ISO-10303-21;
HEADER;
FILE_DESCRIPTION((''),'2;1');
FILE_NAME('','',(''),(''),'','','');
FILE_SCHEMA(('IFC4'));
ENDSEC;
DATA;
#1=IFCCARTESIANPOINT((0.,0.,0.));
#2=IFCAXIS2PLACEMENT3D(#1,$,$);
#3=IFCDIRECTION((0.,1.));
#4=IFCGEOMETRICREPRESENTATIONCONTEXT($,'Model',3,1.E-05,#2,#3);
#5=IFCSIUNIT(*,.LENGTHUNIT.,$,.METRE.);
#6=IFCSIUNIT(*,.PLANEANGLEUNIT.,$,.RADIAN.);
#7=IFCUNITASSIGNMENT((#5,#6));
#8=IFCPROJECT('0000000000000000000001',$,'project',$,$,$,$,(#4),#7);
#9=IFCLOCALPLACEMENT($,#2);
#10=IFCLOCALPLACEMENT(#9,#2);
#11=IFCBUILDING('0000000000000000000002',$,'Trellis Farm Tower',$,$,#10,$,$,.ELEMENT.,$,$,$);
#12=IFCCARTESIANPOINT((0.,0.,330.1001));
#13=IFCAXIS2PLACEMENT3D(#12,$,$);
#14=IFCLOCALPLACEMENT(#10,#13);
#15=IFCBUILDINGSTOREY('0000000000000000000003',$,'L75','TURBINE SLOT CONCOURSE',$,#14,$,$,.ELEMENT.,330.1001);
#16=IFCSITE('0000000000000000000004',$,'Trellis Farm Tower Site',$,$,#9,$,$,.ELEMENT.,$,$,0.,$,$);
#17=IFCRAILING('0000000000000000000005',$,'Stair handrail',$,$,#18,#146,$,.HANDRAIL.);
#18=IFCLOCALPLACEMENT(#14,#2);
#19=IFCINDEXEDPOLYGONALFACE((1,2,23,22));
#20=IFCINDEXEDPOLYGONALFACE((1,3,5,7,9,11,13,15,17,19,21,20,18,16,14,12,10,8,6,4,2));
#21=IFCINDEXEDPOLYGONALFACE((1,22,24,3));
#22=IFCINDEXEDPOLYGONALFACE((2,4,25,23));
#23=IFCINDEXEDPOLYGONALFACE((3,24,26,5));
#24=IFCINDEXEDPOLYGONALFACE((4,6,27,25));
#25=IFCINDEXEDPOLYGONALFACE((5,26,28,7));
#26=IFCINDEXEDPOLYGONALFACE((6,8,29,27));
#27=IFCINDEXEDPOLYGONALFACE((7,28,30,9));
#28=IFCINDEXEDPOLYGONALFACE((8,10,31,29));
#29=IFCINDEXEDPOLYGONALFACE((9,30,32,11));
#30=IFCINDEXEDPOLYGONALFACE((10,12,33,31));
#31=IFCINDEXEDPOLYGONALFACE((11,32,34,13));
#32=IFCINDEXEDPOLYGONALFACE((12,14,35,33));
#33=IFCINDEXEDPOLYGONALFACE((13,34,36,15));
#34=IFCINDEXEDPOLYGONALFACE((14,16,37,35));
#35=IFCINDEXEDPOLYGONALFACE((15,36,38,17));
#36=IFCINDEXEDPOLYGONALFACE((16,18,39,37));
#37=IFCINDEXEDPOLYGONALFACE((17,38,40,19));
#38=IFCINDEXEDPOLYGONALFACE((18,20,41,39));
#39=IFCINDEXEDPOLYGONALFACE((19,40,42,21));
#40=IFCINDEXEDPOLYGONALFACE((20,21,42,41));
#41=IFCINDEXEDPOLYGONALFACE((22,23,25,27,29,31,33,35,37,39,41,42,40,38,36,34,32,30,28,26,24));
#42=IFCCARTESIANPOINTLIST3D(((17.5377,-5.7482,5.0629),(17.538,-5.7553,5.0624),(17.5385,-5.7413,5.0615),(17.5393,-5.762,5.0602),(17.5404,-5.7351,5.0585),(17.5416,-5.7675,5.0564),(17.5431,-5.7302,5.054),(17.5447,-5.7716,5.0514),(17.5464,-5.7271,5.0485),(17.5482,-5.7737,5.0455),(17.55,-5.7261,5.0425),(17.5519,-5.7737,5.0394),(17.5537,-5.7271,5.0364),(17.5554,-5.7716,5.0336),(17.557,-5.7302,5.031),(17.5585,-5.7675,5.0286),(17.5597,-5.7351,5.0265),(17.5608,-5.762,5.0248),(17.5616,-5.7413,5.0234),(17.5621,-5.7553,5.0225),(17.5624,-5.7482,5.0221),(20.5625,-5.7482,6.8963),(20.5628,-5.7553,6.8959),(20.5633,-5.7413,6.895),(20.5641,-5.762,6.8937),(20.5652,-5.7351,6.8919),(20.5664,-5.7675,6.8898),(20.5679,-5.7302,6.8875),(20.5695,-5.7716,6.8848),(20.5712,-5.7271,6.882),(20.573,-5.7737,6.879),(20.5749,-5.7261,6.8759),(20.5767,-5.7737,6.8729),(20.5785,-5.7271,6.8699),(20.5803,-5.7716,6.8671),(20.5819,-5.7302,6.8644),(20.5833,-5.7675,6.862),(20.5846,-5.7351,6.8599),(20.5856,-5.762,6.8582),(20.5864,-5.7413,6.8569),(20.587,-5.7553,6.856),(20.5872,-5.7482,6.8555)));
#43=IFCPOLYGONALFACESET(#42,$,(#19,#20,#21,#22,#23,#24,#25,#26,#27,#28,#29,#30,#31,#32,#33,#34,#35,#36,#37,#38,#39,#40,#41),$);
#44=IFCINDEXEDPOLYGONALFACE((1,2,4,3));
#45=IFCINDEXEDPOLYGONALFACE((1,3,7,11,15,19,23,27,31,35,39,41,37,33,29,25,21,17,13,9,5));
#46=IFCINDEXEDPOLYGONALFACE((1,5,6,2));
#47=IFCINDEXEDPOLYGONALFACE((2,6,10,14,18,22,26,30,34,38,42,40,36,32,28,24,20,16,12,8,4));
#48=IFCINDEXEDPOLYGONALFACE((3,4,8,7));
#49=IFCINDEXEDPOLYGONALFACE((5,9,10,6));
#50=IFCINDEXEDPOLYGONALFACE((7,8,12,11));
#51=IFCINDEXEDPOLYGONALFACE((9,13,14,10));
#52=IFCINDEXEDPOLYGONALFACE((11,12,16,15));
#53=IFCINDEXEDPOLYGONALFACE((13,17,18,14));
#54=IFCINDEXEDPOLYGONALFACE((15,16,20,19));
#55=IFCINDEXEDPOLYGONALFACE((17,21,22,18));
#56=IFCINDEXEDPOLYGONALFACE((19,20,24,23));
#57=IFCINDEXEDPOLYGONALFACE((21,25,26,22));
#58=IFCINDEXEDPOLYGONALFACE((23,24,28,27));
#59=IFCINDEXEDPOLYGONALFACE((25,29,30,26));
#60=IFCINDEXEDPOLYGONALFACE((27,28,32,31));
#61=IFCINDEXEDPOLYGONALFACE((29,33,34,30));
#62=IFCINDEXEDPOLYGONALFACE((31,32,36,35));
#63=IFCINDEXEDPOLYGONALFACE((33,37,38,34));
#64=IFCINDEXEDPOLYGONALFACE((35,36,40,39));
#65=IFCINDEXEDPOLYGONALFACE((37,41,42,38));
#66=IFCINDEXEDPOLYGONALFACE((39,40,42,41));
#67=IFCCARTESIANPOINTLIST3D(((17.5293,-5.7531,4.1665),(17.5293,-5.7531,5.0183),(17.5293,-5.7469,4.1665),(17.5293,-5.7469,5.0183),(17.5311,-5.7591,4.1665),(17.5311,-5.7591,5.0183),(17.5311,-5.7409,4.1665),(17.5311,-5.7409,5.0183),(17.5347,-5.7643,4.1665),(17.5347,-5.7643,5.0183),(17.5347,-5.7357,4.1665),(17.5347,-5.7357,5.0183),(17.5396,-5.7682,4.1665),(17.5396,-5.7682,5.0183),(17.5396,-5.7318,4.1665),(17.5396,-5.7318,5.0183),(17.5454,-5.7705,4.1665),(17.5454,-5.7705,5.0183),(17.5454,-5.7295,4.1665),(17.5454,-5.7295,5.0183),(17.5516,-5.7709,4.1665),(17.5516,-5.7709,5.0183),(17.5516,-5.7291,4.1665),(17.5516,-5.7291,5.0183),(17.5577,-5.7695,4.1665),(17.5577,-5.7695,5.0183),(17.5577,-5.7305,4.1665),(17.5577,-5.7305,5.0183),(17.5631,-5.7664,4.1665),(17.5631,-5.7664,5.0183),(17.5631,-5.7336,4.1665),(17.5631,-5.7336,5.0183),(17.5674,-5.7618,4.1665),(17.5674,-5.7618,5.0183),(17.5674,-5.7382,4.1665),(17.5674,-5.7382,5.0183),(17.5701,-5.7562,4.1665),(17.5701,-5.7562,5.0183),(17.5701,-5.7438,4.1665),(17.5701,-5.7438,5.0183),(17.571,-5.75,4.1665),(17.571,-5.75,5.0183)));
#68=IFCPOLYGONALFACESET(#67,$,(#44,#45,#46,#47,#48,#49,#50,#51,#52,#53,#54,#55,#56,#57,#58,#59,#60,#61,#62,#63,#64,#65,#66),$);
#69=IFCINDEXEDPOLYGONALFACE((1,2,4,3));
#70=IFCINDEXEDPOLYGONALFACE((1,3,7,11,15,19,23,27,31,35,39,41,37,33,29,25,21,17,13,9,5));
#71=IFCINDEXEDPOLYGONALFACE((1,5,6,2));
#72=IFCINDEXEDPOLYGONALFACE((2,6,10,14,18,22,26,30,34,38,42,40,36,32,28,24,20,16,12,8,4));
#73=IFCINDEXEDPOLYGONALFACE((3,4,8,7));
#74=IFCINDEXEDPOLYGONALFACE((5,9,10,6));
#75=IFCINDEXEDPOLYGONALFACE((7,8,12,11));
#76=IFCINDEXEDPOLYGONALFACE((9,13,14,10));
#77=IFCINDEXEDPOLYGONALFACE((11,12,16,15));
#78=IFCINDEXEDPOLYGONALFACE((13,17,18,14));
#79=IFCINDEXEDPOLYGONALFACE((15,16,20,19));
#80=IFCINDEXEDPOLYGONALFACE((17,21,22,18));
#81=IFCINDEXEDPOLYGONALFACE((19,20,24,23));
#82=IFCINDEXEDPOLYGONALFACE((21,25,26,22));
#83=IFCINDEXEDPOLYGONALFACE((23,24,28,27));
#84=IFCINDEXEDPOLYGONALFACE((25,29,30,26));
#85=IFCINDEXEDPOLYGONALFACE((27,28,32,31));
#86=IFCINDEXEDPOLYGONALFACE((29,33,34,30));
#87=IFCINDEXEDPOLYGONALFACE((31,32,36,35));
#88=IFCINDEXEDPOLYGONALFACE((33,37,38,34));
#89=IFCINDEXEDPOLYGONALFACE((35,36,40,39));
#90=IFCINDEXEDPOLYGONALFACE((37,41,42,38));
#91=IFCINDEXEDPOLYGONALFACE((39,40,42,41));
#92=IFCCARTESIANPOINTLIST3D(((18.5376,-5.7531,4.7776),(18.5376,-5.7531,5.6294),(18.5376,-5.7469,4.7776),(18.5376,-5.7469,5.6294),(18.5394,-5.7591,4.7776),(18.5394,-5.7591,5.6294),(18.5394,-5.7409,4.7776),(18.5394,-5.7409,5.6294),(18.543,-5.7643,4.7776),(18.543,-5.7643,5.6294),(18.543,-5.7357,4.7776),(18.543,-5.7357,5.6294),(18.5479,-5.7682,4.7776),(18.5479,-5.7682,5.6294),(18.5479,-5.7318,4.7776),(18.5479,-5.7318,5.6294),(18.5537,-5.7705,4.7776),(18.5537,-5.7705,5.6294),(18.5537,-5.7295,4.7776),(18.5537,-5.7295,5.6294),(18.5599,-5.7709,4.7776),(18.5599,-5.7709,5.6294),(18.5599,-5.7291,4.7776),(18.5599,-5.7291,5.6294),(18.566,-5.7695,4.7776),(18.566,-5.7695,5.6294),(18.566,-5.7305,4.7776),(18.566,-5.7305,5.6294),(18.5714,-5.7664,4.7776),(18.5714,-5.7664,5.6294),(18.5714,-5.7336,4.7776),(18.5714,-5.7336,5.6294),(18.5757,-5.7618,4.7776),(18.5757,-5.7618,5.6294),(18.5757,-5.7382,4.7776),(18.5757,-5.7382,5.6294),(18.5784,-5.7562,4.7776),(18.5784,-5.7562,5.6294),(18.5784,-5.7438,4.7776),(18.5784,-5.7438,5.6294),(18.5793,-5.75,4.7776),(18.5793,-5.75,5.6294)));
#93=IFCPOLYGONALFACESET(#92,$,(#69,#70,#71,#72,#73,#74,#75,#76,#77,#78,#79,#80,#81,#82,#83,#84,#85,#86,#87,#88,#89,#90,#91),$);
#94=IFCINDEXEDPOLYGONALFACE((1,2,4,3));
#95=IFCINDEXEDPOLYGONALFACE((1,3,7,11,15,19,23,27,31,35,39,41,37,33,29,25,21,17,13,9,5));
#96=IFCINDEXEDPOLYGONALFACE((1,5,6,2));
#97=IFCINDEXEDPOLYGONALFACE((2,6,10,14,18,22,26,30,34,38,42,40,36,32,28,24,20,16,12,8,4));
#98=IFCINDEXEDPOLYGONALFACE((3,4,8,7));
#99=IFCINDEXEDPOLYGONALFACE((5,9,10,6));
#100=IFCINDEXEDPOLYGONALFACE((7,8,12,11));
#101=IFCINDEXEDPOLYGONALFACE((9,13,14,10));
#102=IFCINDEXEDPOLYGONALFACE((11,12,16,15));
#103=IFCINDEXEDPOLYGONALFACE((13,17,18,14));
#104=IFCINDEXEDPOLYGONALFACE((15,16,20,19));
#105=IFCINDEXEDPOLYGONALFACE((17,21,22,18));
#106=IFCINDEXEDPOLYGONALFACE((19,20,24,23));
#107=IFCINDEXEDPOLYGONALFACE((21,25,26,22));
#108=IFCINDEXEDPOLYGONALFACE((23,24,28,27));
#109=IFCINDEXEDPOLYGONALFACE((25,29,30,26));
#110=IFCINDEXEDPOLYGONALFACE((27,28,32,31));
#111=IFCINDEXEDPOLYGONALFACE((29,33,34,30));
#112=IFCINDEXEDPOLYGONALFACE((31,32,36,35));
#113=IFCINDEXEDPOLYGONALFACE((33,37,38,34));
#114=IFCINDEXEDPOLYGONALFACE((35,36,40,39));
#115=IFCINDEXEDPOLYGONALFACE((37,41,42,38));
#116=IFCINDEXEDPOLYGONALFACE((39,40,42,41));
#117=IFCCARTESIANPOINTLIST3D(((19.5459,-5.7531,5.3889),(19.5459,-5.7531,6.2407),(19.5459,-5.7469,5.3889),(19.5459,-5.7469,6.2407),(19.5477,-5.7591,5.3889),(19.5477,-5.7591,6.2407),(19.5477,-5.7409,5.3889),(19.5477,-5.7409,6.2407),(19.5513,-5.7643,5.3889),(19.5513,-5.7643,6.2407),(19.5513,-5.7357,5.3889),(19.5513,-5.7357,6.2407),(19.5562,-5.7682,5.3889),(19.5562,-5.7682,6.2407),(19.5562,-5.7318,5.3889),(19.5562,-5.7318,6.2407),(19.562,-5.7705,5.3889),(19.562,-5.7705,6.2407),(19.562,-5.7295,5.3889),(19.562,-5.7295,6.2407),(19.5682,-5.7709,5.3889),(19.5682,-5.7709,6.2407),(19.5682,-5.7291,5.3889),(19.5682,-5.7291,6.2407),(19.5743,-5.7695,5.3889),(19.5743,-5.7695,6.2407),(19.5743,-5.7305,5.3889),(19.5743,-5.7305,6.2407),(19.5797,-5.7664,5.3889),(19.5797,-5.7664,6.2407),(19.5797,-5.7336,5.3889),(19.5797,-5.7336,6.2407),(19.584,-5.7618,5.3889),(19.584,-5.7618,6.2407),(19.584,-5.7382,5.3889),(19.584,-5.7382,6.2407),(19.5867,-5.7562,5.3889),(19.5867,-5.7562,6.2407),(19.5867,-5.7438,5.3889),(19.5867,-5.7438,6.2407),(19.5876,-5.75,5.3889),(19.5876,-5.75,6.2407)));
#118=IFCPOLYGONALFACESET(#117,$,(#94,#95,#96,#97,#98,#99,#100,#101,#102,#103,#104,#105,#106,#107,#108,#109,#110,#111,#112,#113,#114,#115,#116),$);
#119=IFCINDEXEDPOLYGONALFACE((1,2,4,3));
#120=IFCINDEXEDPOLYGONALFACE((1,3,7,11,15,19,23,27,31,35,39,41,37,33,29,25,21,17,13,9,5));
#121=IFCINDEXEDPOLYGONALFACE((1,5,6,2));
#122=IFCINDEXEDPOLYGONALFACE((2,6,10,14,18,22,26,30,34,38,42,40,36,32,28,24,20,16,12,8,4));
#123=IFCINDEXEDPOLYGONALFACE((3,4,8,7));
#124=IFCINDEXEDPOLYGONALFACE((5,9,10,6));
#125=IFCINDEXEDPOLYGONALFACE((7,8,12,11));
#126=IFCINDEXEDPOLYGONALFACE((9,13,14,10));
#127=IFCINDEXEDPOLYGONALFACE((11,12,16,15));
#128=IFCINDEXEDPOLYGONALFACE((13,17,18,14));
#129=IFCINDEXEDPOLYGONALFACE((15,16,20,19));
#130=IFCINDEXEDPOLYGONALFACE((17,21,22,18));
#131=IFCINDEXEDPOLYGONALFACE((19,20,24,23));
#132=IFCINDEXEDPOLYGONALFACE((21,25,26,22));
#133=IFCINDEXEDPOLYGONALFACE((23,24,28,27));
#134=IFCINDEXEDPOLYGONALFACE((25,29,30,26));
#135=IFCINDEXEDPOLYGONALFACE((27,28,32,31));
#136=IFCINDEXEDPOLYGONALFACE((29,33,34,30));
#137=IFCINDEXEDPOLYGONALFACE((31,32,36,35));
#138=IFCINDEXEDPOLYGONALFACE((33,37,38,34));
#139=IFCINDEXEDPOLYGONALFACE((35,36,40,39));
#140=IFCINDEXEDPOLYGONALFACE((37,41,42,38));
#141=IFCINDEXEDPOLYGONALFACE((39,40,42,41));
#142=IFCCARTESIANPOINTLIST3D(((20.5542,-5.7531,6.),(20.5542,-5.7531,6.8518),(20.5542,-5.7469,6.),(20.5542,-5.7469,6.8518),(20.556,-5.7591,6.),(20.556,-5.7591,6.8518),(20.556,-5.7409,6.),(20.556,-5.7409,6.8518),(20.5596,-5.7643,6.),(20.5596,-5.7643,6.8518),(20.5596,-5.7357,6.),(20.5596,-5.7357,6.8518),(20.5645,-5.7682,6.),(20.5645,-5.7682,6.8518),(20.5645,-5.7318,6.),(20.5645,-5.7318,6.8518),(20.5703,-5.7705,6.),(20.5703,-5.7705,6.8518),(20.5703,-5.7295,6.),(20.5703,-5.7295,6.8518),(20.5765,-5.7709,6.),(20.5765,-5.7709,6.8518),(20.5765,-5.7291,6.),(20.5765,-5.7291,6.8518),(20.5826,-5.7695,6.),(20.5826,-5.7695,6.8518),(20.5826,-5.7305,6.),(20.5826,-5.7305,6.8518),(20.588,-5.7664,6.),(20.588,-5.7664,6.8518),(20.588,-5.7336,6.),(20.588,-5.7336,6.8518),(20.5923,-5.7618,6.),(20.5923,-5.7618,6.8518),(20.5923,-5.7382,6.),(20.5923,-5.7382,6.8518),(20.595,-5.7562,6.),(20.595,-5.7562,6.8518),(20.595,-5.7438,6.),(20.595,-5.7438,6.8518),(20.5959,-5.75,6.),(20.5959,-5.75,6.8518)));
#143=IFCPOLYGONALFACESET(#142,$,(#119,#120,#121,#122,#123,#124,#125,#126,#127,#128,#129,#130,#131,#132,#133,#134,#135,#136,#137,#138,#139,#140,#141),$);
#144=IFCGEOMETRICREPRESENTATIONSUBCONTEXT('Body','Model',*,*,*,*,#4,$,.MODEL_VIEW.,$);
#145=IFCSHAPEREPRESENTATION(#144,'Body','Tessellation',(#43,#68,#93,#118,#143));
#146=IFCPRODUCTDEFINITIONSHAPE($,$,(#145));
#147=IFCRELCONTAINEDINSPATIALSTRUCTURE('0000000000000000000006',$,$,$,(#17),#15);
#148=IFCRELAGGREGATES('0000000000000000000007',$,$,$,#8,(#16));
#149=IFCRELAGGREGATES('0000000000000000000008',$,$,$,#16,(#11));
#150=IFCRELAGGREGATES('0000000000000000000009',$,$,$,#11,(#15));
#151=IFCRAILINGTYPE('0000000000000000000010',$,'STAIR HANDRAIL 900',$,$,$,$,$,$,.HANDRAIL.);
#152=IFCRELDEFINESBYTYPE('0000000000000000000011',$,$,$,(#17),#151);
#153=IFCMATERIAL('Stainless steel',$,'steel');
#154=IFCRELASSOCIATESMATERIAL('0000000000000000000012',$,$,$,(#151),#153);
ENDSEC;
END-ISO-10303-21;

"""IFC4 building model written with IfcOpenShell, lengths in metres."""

from ifc_helpers import new_model, si_unit, direction, frame, origin, origin_2d, place, context, subcontext, project, spatial, circle, extrude, source, transform, mapped, material, type_object, element, save


model = new_model("IFC4")

# Units and contexts
model_context = context("Model", 3, precision=1e-05, world=origin(), true_north=direction((0.0, 1.0)))
body_context = subcontext(model_context, "Body", "Model", "MODEL_VIEW")
ifc_project = project(units=[si_unit("LENGTHUNIT", "METRE"), si_unit("PLANEANGLEUNIT", "RADIAN")], contexts=[model_context])

# Site, building, storey
site_placement = place(None, origin())
site = spatial("IfcSite", under=ifc_project, at=site_placement, Name="Trellis Farm Tower Site", CompositionType="ELEMENT", RefElevation=0.0)
building_placement = place(site_placement, origin())
building = spatial("IfcBuilding", under=site, at=building_placement, Name="Trellis Farm Tower", CompositionType="ELEMENT")
storey_placement = place(building_placement, frame((0.0, 0.0, 330.1001)))
storey = spatial("IfcBuildingStorey", under=building, at=storey_placement, Name="L75", Description="TURBINE SLOT CONCOURSE", CompositionType="ELEMENT", Elevation=330.1001)

# Railing
ifc_material_1 = material(Name="Stainless steel", Category="steel")
railing_type_1 = type_object("IfcRailingType", Name="STAIR HANDRAIL 900", PredefinedType="HANDRAIL", material=ifc_material_1)
shared_shape_1 = source(origin(), body_context, "Body", "SweptSolid", [
    extrude(circle(Radius=0.0239, at=origin_2d()), frame((0.0, 0.0, 0.876), z_axis=(0.85517, 0.0, 0.518348), x_axis=(0.0, 1.0, 0.0)), (0.0, 0.0, 1.0), 3.5371),
    extrude(circle(Radius=0.021, at=origin_2d()), origin(), (0.0, 0.0, 1.0), 0.8518),
    extrude(circle(Radius=0.021, at=origin_2d()), frame((1.0083, 0.0, 0.6111)), (0.0, 0.0, 1.0), 0.8518),
    extrude(circle(Radius=0.021, at=origin_2d()), frame((2.0166, 0.0, 1.2224)), (0.0, 0.0, 1.0), 0.8518),
    extrude(circle(Radius=0.021, at=origin_2d()), frame((3.0249, 0.0, 1.8335)), (0.0, 0.0, 1.0), 0.8518),
])
for number, where, name in (
    (1, (17.55, -5.75, 4.1665), "Stair handrail"),
):
    element("IfcRailing", number, at=place(storey_placement, frame(where)), inside=storey, type_object=railing_type_1, Name=name, PredefinedType="HANDRAIL", context=body_context, shape_type="MappedRepresentation", body=[
        mapped(shared_shape_1, transform((0.0, 0.0, 0.0))),
    ])

save(model, "model.ifc")
